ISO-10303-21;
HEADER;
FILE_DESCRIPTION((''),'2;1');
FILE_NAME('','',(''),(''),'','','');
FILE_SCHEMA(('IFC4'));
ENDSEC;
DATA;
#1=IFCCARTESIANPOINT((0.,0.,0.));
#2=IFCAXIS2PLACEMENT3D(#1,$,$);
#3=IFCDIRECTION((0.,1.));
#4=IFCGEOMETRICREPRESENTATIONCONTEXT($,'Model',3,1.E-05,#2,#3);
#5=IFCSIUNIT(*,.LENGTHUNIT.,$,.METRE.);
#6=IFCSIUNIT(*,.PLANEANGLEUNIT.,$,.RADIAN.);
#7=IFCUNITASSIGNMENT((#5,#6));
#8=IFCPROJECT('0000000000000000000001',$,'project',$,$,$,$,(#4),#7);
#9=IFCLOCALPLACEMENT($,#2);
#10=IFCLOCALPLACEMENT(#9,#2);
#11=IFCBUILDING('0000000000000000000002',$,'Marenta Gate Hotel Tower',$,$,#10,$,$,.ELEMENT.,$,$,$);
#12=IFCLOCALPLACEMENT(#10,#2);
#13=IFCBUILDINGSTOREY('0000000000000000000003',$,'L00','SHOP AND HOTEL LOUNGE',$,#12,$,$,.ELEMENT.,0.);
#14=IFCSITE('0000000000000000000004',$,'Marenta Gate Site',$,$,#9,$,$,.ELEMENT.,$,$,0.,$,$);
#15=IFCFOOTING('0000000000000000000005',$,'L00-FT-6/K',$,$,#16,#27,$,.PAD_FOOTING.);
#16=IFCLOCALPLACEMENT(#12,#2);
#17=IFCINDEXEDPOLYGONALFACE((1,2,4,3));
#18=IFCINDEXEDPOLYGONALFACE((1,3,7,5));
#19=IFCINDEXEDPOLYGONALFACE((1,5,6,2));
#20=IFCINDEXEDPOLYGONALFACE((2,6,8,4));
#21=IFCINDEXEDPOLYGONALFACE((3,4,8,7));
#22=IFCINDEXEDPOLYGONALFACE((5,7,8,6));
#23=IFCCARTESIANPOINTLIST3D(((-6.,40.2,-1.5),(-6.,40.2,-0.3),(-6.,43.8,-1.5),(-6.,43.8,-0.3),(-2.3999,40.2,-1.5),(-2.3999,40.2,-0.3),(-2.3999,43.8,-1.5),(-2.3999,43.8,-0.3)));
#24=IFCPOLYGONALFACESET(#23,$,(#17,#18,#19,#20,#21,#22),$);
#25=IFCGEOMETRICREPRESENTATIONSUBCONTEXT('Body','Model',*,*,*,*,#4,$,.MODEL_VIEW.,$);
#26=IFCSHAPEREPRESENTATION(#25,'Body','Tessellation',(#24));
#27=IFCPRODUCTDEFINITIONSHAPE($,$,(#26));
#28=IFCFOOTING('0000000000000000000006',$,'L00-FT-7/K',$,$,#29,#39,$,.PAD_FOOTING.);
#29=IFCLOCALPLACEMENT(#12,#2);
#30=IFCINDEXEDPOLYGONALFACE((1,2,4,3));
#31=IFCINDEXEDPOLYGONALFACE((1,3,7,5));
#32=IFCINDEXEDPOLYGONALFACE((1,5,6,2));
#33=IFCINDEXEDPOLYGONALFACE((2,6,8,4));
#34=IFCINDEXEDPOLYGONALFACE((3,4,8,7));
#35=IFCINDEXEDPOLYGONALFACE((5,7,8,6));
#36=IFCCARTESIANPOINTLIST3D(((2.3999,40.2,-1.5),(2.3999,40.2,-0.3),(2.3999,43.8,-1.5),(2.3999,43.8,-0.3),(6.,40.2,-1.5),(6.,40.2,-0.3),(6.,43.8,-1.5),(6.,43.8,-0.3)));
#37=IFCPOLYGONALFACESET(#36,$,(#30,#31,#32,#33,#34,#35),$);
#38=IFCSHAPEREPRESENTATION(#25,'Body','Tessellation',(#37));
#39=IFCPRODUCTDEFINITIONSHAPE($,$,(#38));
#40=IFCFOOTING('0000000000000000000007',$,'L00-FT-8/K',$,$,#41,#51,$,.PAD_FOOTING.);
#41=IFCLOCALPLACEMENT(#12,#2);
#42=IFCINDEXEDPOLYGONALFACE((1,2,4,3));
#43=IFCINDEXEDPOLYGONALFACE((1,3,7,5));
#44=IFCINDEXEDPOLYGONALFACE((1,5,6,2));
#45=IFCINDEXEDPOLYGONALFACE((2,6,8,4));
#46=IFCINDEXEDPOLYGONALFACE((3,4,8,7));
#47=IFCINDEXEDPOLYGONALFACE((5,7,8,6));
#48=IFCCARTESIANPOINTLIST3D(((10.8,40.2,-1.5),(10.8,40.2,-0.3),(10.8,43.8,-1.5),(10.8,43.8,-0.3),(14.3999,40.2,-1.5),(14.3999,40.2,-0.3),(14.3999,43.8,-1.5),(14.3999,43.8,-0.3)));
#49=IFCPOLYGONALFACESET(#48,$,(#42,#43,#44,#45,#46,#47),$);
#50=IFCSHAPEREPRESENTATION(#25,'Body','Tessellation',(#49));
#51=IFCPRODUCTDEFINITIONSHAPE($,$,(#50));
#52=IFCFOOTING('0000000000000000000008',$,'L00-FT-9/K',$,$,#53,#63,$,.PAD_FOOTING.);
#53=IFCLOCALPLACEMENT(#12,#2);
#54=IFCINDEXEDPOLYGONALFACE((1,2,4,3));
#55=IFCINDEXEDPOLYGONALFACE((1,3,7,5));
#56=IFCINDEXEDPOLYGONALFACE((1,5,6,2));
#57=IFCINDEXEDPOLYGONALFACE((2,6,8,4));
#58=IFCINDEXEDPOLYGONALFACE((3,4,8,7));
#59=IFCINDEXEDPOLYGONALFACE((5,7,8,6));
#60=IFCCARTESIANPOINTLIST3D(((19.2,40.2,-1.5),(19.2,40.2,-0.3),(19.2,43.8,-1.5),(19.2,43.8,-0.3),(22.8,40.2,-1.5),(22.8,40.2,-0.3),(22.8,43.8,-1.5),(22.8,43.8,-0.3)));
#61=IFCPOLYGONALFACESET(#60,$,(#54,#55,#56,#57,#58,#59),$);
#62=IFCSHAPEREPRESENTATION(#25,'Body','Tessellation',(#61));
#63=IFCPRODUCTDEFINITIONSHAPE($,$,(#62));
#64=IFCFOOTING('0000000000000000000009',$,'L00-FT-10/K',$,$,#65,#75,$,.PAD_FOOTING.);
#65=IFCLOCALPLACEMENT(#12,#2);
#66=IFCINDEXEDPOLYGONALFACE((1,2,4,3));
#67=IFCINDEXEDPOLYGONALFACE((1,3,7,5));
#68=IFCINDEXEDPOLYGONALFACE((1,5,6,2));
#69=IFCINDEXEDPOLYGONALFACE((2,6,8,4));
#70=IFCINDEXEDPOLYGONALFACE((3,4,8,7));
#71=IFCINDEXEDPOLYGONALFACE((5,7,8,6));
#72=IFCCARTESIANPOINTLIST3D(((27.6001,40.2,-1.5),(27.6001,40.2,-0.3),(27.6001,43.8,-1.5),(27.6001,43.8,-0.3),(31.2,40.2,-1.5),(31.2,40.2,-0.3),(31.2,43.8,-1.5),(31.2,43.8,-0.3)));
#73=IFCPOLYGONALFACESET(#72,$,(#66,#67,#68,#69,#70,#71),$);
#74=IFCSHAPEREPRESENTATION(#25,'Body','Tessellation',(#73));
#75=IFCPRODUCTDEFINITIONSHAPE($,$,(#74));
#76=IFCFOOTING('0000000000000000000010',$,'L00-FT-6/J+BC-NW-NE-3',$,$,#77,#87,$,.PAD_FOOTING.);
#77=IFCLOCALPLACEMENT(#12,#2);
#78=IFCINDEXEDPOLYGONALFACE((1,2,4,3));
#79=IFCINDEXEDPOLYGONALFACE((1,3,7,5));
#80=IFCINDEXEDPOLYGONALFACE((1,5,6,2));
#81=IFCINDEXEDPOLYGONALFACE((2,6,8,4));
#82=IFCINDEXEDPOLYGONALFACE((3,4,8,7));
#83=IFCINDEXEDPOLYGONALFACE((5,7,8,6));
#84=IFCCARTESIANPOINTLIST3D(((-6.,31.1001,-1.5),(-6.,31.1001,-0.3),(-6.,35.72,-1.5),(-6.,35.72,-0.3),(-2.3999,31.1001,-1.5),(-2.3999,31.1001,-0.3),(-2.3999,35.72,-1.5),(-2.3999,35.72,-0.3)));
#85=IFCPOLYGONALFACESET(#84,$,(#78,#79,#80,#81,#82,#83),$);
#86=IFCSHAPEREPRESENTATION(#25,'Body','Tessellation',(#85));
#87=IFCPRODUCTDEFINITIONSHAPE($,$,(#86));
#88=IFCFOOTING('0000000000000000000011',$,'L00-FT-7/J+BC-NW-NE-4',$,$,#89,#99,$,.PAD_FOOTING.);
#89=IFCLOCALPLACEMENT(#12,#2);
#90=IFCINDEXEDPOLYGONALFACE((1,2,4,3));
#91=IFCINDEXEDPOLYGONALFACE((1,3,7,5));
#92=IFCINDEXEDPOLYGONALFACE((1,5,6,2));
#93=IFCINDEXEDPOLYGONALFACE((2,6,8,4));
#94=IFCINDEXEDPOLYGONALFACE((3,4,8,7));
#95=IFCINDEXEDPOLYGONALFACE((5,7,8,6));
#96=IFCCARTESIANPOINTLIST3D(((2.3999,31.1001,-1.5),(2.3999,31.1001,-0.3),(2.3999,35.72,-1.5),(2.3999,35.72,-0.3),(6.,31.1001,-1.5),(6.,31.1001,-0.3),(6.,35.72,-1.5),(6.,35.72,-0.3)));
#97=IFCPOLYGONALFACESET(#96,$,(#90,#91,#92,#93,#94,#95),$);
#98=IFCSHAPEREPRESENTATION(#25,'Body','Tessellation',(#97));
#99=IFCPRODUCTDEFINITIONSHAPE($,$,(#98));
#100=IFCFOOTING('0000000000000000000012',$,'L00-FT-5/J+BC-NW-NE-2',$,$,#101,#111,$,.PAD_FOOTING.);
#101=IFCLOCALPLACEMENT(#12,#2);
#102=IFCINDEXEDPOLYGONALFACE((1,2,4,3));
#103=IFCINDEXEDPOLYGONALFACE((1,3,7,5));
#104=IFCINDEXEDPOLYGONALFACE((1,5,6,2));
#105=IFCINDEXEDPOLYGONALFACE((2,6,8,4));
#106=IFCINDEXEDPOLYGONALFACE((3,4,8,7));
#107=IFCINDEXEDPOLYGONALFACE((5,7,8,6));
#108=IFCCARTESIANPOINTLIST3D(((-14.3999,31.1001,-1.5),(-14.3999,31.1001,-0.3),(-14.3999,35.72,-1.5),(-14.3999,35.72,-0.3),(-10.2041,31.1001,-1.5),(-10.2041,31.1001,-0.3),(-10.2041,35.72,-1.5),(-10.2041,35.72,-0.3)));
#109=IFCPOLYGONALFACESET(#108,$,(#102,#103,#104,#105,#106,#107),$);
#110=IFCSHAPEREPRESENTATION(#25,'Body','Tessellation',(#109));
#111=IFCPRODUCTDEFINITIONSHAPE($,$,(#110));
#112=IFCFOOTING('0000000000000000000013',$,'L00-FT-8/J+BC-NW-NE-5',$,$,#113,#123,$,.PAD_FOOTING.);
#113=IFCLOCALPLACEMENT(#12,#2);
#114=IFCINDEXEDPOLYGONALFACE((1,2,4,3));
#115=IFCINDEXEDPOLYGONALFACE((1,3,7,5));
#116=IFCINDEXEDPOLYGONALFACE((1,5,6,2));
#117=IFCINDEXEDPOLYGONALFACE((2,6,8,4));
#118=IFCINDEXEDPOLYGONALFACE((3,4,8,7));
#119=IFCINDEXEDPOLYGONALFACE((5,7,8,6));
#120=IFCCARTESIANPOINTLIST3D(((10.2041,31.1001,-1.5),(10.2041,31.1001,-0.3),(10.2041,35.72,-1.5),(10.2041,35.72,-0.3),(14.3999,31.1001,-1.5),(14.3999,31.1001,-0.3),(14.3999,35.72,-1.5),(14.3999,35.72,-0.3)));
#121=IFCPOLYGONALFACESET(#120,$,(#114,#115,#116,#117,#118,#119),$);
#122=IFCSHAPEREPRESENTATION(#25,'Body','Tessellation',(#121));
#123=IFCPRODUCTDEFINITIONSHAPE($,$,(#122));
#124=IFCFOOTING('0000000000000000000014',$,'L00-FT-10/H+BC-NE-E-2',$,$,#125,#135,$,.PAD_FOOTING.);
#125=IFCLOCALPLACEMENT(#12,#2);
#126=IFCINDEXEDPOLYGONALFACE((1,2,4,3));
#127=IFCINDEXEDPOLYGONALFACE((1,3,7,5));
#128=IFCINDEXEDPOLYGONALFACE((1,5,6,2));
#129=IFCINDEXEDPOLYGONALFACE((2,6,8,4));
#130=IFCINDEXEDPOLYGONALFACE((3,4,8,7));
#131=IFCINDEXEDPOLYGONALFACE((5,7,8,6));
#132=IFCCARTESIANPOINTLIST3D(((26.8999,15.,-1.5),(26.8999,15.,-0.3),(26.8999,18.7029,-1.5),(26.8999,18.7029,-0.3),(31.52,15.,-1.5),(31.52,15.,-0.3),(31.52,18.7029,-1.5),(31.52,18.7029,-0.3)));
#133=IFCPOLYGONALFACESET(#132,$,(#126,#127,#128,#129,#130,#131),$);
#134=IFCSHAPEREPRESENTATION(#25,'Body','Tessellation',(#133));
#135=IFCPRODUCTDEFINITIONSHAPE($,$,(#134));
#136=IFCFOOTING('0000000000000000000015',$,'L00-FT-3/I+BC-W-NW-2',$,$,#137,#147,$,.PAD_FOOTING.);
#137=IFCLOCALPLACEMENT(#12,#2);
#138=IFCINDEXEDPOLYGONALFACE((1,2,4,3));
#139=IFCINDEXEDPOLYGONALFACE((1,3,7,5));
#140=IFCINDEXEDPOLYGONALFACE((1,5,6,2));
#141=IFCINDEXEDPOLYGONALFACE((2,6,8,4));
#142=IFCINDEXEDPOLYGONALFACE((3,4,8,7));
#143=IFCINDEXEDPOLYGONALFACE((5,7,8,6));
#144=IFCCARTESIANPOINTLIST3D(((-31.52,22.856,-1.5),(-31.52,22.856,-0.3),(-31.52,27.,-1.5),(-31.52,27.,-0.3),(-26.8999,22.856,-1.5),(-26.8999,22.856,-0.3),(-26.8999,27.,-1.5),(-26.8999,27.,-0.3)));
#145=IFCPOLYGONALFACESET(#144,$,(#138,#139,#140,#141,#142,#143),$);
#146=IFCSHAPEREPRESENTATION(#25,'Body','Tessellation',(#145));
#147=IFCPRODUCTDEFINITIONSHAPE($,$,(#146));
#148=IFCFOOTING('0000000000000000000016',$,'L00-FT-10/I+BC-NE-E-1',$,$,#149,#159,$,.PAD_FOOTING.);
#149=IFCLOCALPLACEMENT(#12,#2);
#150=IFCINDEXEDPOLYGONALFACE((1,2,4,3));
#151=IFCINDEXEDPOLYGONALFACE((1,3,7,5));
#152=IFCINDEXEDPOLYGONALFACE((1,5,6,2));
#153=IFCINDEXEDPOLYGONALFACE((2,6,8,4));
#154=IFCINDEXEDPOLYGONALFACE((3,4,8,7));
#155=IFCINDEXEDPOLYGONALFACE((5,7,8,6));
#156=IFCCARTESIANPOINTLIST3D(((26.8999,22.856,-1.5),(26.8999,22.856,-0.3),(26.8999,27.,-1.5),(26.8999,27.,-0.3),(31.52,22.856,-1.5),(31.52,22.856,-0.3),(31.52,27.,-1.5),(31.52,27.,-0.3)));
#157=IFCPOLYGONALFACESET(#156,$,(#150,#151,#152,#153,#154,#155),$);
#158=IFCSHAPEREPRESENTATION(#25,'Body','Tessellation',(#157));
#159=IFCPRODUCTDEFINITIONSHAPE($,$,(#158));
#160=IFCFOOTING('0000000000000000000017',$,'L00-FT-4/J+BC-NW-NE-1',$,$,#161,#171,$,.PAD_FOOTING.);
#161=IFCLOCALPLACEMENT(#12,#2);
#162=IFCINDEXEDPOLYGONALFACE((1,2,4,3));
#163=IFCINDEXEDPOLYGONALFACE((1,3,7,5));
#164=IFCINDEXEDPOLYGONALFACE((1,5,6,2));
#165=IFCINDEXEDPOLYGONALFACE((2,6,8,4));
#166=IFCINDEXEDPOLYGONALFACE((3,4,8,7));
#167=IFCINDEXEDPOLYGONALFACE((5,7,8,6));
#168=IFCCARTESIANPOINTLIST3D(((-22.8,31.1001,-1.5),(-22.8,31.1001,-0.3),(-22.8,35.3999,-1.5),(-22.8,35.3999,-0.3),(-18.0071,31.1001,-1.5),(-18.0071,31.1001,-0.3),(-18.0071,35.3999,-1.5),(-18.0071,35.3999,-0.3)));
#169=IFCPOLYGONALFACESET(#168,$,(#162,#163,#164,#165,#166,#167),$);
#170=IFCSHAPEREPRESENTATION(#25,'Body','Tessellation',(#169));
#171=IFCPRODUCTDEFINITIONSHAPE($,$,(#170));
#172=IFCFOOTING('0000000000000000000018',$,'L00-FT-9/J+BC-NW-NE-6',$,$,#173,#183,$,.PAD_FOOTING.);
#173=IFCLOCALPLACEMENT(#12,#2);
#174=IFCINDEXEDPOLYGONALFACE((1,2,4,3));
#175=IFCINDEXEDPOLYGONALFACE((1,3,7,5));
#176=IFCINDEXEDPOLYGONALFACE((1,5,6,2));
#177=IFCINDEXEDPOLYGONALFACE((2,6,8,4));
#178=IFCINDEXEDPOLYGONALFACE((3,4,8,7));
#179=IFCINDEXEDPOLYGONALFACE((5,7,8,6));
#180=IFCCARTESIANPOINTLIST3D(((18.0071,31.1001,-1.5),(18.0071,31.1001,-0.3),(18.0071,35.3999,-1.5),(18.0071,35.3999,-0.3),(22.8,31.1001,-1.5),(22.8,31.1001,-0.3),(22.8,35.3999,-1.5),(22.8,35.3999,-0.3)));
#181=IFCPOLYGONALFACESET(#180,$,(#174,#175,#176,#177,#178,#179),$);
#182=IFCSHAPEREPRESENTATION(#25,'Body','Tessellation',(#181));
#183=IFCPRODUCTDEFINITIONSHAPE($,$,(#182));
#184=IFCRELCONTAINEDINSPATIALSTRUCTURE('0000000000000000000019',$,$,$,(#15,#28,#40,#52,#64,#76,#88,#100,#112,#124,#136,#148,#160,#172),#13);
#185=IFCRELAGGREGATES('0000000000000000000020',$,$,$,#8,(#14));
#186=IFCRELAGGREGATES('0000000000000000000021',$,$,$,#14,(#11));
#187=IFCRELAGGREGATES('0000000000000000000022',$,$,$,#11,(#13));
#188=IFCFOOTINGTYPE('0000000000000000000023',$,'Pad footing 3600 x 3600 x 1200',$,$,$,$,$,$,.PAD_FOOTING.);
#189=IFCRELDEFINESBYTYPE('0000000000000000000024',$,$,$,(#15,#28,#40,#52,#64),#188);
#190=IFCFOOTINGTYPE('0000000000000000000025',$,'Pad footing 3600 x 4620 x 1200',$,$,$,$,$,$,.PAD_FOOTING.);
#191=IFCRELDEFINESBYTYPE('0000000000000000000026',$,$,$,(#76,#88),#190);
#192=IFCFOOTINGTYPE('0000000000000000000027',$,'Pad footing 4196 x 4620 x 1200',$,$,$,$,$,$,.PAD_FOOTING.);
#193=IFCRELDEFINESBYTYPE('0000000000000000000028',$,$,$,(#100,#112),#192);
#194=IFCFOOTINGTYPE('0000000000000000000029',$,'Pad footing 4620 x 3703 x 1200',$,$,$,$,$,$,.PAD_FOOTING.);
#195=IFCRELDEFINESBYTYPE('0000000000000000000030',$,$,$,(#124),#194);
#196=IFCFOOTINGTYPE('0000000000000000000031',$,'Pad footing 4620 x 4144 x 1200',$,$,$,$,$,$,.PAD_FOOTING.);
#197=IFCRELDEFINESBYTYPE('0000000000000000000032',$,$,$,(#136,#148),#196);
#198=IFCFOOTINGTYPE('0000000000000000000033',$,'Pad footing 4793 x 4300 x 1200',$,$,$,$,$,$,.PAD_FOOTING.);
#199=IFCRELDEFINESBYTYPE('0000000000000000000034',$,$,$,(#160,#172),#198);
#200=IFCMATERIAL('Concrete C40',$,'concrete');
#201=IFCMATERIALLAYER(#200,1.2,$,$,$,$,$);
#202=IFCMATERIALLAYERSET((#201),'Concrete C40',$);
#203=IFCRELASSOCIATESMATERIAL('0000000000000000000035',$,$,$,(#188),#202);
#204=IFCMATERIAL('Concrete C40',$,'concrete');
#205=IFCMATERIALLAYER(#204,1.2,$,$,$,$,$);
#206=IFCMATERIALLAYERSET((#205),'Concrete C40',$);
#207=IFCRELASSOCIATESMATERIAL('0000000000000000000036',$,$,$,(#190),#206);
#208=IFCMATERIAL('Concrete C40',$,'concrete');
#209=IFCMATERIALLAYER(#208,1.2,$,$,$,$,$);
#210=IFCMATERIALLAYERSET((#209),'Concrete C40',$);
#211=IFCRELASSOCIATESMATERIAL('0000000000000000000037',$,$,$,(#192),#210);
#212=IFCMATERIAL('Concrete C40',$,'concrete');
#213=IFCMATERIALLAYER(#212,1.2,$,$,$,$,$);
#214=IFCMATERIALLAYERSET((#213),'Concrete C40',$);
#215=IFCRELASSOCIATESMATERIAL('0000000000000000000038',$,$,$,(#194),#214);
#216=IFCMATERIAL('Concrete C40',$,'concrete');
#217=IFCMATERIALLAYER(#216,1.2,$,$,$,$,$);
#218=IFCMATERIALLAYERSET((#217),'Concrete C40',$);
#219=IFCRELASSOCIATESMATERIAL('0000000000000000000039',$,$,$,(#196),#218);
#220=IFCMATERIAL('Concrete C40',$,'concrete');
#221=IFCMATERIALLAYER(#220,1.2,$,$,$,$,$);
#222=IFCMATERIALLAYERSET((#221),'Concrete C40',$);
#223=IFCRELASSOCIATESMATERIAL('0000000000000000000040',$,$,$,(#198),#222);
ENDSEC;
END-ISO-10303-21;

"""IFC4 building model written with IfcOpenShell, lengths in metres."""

from ifc_helpers import new_model, si_unit, direction, frame, origin, place, context, subcontext, project, spatial, polyline, outline, extrude, material, layer, layer_set, type_object, element, save


model = new_model("IFC4")

# Units and contexts
model_context = context("Model", 3, precision=1e-05, world=origin(), true_north=direction((0.0, 1.0)))
body_context = subcontext(model_context, "Body", "Model", "MODEL_VIEW")
ifc_project = project(units=[si_unit("LENGTHUNIT", "METRE"), si_unit("PLANEANGLEUNIT", "RADIAN")], contexts=[model_context])

# Site, building, storey
site_placement = place(None, origin())
site = spatial("IfcSite", under=ifc_project, at=site_placement, Name="Marenta Gate Site", CompositionType="ELEMENT", RefElevation=0.0)
building_placement = place(site_placement, origin())
building = spatial("IfcBuilding", under=site, at=building_placement, Name="Marenta Gate Hotel Tower", CompositionType="ELEMENT")
storey_placement = place(building_placement, origin())
storey = spatial("IfcBuildingStorey", under=building, at=storey_placement, Name="L00", Description="SHOP AND HOTEL LOUNGE", CompositionType="ELEMENT", Elevation=0.0)

# Footings
ifc_material_1 = material(Name="Concrete C40", Category="concrete")
ifc_layer_1 = layer(ifc_material_1, 1.2)
ifc_layer_set_1 = layer_set([ifc_layer_1], Name="Concrete C40")
footing_type_1 = type_object("IfcFootingType", Name="Pad footing 3600 x 3600 x 1200", PredefinedType="PAD_FOOTING", material=ifc_layer_set_1)
footing_1_placement = place(storey_placement, frame((0.0, 0.0, -1.5)))
element("IfcFooting", 1, at=footing_1_placement, inside=storey, type_object=footing_type_1, Name="L00-FT-6/K", PredefinedType="PAD_FOOTING", context=body_context, shape_type="SweptSolid", body=[
    extrude(outline(polyline([(-6.0, 40.2), (-2.3999, 40.2), (-2.3999, 43.8), (-6.0, 43.8), (-6.0, 40.2)])), origin(), (0.0, 0.0, 1.0), 1.2),
])
footing_2_placement = place(storey_placement, frame((0.0, 0.0, -1.5)))
element("IfcFooting", 2, at=footing_2_placement, inside=storey, type_object=footing_type_1, Name="L00-FT-7/K", PredefinedType="PAD_FOOTING", context=body_context, shape_type="SweptSolid", body=[
    extrude(outline(polyline([(2.3999, 40.2), (6.0, 40.2), (6.0, 43.8), (2.3999, 43.8), (2.3999, 40.2)])), origin(), (0.0, 0.0, 1.0), 1.2),
])
footing_3_placement = place(storey_placement, frame((0.0, 0.0, -1.5)))
element("IfcFooting", 3, at=footing_3_placement, inside=storey, type_object=footing_type_1, Name="L00-FT-8/K", PredefinedType="PAD_FOOTING", context=body_context, shape_type="SweptSolid", body=[
    extrude(outline(polyline([(10.8, 40.2), (14.3999, 40.2), (14.3999, 43.8), (10.8, 43.8), (10.8, 40.2)])), origin(), (0.0, 0.0, 1.0), 1.2),
])
footing_4_placement = place(storey_placement, frame((0.0, 0.0, -1.5)))
element("IfcFooting", 4, at=footing_4_placement, inside=storey, type_object=footing_type_1, Name="L00-FT-9/K", PredefinedType="PAD_FOOTING", context=body_context, shape_type="SweptSolid", body=[
    extrude(outline(polyline([(19.2, 40.2), (22.8, 40.2), (22.8, 43.8), (19.2, 43.8), (19.2, 40.2)])), origin(), (0.0, 0.0, 1.0), 1.2),
])
footing_5_placement = place(storey_placement, frame((0.0, 0.0, -1.5)))
element("IfcFooting", 5, at=footing_5_placement, inside=storey, type_object=footing_type_1, Name="L00-FT-10/K", PredefinedType="PAD_FOOTING", context=body_context, shape_type="SweptSolid", body=[
    extrude(outline(polyline([(27.6001, 40.2), (31.2, 40.2), (31.2, 43.8), (27.6001, 43.8), (27.6001, 40.2)])), origin(), (0.0, 0.0, 1.0), 1.2),
])
ifc_material_2 = material(Name="Concrete C40", Category="concrete")
ifc_layer_2 = layer(ifc_material_2, 1.2)
ifc_layer_set_2 = layer_set([ifc_layer_2], Name="Concrete C40")
footing_type_2 = type_object("IfcFootingType", Name="Pad footing 3600 x 4620 x 1200", PredefinedType="PAD_FOOTING", material=ifc_layer_set_2)
footing_6_placement = place(storey_placement, frame((0.0, 0.0, -1.5)))
element("IfcFooting", 6, at=footing_6_placement, inside=storey, type_object=footing_type_2, Name="L00-FT-6/J+BC-NW-NE-3", PredefinedType="PAD_FOOTING", context=body_context, shape_type="SweptSolid", body=[
    extrude(outline(polyline([(-6.0, 31.1001), (-2.3999, 31.1001), (-2.3999, 35.72), (-6.0, 35.72), (-6.0, 31.1001)])), origin(), (0.0, 0.0, 1.0), 1.2),
])
footing_7_placement = place(storey_placement, frame((0.0, 0.0, -1.5)))
element("IfcFooting", 7, at=footing_7_placement, inside=storey, type_object=footing_type_2, Name="L00-FT-7/J+BC-NW-NE-4", PredefinedType="PAD_FOOTING", context=body_context, shape_type="SweptSolid", body=[
    extrude(outline(polyline([(2.3999, 31.1001), (6.0, 31.1001), (6.0, 35.72), (2.3999, 35.72), (2.3999, 31.1001)])), origin(), (0.0, 0.0, 1.0), 1.2),
])
ifc_material_3 = material(Name="Concrete C40", Category="concrete")
ifc_layer_3 = layer(ifc_material_3, 1.2)
ifc_layer_set_3 = layer_set([ifc_layer_3], Name="Concrete C40")
footing_type_3 = type_object("IfcFootingType", Name="Pad footing 4196 x 4620 x 1200", PredefinedType="PAD_FOOTING", material=ifc_layer_set_3)
footing_8_placement = place(storey_placement, frame((0.0, 0.0, -1.5)))
element("IfcFooting", 8, at=footing_8_placement, inside=storey, type_object=footing_type_3, Name="L00-FT-5/J+BC-NW-NE-2", PredefinedType="PAD_FOOTING", context=body_context, shape_type="SweptSolid", body=[
    extrude(outline(polyline([(-14.3999, 31.1001), (-10.2041, 31.1001), (-10.2041, 35.72), (-14.3999, 35.72), (-14.3999, 31.1001)])), origin(), (0.0, 0.0, 1.0), 1.2),
])
footing_9_placement = place(storey_placement, frame((0.0, 0.0, -1.5)))
element("IfcFooting", 9, at=footing_9_placement, inside=storey, type_object=footing_type_3, Name="L00-FT-8/J+BC-NW-NE-5", PredefinedType="PAD_FOOTING", context=body_context, shape_type="SweptSolid", body=[
    extrude(outline(polyline([(10.2041, 31.1001), (14.3999, 31.1001), (14.3999, 35.72), (10.2041, 35.72), (10.2041, 31.1001)])), origin(), (0.0, 0.0, 1.0), 1.2),
])
ifc_material_4 = material(Name="Concrete C40", Category="concrete")
ifc_layer_4 = layer(ifc_material_4, 1.2)
ifc_layer_set_4 = layer_set([ifc_layer_4], Name="Concrete C40")
footing_type_4 = type_object("IfcFootingType", Name="Pad footing 4620 x 3703 x 1200", PredefinedType="PAD_FOOTING", material=ifc_layer_set_4)
footing_10_placement = place(storey_placement, frame((0.0, 0.0, -1.5)))
element("IfcFooting", 10, at=footing_10_placement, inside=storey, type_object=footing_type_4, Name="L00-FT-10/H+BC-NE-E-2", PredefinedType="PAD_FOOTING", context=body_context, shape_type="SweptSolid", body=[
    extrude(outline(polyline([(26.8999, 15.0), (31.52, 15.0), (31.52, 18.7029), (26.8999, 18.7029), (26.8999, 15.0)])), origin(), (0.0, 0.0, 1.0), 1.2),
])
ifc_material_5 = material(Name="Concrete C40", Category="concrete")
ifc_layer_5 = layer(ifc_material_5, 1.2)
ifc_layer_set_5 = layer_set([ifc_layer_5], Name="Concrete C40")
footing_type_5 = type_object("IfcFootingType", Name="Pad footing 4620 x 4144 x 1200", PredefinedType="PAD_FOOTING", material=ifc_layer_set_5)
footing_11_placement = place(storey_placement, frame((0.0, 0.0, -1.5)))
element("IfcFooting", 11, at=footing_11_placement, inside=storey, type_object=footing_type_5, Name="L00-FT-3/I+BC-W-NW-2", PredefinedType="PAD_FOOTING", context=body_context, shape_type="SweptSolid", body=[
    extrude(outline(polyline([(-31.52, 22.856), (-26.8999, 22.856), (-26.8999, 27.0), (-31.52, 27.0), (-31.52, 22.856)])), origin(), (0.0, 0.0, 1.0), 1.2),
])
footing_12_placement = place(storey_placement, frame((0.0, 0.0, -1.5)))
element("IfcFooting", 12, at=footing_12_placement, inside=storey, type_object=footing_type_5, Name="L00-FT-10/I+BC-NE-E-1", PredefinedType="PAD_FOOTING", context=body_context, shape_type="SweptSolid", body=[
    extrude(outline(polyline([(26.8999, 22.856), (31.52, 22.856), (31.52, 27.0), (26.8999, 27.0), (26.8999, 22.856)])), origin(), (0.0, 0.0, 1.0), 1.2),
])
ifc_material_6 = material(Name="Concrete C40", Category="concrete")
ifc_layer_6 = layer(ifc_material_6, 1.2)
ifc_layer_set_6 = layer_set([ifc_layer_6], Name="Concrete C40")
footing_type_6 = type_object("IfcFootingType", Name="Pad footing 4793 x 4300 x 1200", PredefinedType="PAD_FOOTING", material=ifc_layer_set_6)
footing_13_placement = place(storey_placement, frame((0.0, 0.0, -1.5)))
element("IfcFooting", 13, at=footing_13_placement, inside=storey, type_object=footing_type_6, Name="L00-FT-4/J+BC-NW-NE-1", PredefinedType="PAD_FOOTING", context=body_context, shape_type="SweptSolid", body=[
    extrude(outline(polyline([(-22.8, 31.1001), (-18.0071, 31.1001), (-18.0071, 35.3999), (-22.8, 35.3999), (-22.8, 31.1001)])), origin(), (0.0, 0.0, 1.0), 1.2),
])
footing_14_placement = place(storey_placement, frame((0.0, 0.0, -1.5)))
element("IfcFooting", 14, at=footing_14_placement, inside=storey, type_object=footing_type_6, Name="L00-FT-9/J+BC-NW-NE-6", PredefinedType="PAD_FOOTING", context=body_context, shape_type="SweptSolid", body=[
    extrude(outline(polyline([(18.0071, 31.1001), (22.8, 31.1001), (22.8, 35.3999), (18.0071, 35.3999), (18.0071, 31.1001)])), origin(), (0.0, 0.0, 1.0), 1.2),
])

save(model, "model.ifc")
